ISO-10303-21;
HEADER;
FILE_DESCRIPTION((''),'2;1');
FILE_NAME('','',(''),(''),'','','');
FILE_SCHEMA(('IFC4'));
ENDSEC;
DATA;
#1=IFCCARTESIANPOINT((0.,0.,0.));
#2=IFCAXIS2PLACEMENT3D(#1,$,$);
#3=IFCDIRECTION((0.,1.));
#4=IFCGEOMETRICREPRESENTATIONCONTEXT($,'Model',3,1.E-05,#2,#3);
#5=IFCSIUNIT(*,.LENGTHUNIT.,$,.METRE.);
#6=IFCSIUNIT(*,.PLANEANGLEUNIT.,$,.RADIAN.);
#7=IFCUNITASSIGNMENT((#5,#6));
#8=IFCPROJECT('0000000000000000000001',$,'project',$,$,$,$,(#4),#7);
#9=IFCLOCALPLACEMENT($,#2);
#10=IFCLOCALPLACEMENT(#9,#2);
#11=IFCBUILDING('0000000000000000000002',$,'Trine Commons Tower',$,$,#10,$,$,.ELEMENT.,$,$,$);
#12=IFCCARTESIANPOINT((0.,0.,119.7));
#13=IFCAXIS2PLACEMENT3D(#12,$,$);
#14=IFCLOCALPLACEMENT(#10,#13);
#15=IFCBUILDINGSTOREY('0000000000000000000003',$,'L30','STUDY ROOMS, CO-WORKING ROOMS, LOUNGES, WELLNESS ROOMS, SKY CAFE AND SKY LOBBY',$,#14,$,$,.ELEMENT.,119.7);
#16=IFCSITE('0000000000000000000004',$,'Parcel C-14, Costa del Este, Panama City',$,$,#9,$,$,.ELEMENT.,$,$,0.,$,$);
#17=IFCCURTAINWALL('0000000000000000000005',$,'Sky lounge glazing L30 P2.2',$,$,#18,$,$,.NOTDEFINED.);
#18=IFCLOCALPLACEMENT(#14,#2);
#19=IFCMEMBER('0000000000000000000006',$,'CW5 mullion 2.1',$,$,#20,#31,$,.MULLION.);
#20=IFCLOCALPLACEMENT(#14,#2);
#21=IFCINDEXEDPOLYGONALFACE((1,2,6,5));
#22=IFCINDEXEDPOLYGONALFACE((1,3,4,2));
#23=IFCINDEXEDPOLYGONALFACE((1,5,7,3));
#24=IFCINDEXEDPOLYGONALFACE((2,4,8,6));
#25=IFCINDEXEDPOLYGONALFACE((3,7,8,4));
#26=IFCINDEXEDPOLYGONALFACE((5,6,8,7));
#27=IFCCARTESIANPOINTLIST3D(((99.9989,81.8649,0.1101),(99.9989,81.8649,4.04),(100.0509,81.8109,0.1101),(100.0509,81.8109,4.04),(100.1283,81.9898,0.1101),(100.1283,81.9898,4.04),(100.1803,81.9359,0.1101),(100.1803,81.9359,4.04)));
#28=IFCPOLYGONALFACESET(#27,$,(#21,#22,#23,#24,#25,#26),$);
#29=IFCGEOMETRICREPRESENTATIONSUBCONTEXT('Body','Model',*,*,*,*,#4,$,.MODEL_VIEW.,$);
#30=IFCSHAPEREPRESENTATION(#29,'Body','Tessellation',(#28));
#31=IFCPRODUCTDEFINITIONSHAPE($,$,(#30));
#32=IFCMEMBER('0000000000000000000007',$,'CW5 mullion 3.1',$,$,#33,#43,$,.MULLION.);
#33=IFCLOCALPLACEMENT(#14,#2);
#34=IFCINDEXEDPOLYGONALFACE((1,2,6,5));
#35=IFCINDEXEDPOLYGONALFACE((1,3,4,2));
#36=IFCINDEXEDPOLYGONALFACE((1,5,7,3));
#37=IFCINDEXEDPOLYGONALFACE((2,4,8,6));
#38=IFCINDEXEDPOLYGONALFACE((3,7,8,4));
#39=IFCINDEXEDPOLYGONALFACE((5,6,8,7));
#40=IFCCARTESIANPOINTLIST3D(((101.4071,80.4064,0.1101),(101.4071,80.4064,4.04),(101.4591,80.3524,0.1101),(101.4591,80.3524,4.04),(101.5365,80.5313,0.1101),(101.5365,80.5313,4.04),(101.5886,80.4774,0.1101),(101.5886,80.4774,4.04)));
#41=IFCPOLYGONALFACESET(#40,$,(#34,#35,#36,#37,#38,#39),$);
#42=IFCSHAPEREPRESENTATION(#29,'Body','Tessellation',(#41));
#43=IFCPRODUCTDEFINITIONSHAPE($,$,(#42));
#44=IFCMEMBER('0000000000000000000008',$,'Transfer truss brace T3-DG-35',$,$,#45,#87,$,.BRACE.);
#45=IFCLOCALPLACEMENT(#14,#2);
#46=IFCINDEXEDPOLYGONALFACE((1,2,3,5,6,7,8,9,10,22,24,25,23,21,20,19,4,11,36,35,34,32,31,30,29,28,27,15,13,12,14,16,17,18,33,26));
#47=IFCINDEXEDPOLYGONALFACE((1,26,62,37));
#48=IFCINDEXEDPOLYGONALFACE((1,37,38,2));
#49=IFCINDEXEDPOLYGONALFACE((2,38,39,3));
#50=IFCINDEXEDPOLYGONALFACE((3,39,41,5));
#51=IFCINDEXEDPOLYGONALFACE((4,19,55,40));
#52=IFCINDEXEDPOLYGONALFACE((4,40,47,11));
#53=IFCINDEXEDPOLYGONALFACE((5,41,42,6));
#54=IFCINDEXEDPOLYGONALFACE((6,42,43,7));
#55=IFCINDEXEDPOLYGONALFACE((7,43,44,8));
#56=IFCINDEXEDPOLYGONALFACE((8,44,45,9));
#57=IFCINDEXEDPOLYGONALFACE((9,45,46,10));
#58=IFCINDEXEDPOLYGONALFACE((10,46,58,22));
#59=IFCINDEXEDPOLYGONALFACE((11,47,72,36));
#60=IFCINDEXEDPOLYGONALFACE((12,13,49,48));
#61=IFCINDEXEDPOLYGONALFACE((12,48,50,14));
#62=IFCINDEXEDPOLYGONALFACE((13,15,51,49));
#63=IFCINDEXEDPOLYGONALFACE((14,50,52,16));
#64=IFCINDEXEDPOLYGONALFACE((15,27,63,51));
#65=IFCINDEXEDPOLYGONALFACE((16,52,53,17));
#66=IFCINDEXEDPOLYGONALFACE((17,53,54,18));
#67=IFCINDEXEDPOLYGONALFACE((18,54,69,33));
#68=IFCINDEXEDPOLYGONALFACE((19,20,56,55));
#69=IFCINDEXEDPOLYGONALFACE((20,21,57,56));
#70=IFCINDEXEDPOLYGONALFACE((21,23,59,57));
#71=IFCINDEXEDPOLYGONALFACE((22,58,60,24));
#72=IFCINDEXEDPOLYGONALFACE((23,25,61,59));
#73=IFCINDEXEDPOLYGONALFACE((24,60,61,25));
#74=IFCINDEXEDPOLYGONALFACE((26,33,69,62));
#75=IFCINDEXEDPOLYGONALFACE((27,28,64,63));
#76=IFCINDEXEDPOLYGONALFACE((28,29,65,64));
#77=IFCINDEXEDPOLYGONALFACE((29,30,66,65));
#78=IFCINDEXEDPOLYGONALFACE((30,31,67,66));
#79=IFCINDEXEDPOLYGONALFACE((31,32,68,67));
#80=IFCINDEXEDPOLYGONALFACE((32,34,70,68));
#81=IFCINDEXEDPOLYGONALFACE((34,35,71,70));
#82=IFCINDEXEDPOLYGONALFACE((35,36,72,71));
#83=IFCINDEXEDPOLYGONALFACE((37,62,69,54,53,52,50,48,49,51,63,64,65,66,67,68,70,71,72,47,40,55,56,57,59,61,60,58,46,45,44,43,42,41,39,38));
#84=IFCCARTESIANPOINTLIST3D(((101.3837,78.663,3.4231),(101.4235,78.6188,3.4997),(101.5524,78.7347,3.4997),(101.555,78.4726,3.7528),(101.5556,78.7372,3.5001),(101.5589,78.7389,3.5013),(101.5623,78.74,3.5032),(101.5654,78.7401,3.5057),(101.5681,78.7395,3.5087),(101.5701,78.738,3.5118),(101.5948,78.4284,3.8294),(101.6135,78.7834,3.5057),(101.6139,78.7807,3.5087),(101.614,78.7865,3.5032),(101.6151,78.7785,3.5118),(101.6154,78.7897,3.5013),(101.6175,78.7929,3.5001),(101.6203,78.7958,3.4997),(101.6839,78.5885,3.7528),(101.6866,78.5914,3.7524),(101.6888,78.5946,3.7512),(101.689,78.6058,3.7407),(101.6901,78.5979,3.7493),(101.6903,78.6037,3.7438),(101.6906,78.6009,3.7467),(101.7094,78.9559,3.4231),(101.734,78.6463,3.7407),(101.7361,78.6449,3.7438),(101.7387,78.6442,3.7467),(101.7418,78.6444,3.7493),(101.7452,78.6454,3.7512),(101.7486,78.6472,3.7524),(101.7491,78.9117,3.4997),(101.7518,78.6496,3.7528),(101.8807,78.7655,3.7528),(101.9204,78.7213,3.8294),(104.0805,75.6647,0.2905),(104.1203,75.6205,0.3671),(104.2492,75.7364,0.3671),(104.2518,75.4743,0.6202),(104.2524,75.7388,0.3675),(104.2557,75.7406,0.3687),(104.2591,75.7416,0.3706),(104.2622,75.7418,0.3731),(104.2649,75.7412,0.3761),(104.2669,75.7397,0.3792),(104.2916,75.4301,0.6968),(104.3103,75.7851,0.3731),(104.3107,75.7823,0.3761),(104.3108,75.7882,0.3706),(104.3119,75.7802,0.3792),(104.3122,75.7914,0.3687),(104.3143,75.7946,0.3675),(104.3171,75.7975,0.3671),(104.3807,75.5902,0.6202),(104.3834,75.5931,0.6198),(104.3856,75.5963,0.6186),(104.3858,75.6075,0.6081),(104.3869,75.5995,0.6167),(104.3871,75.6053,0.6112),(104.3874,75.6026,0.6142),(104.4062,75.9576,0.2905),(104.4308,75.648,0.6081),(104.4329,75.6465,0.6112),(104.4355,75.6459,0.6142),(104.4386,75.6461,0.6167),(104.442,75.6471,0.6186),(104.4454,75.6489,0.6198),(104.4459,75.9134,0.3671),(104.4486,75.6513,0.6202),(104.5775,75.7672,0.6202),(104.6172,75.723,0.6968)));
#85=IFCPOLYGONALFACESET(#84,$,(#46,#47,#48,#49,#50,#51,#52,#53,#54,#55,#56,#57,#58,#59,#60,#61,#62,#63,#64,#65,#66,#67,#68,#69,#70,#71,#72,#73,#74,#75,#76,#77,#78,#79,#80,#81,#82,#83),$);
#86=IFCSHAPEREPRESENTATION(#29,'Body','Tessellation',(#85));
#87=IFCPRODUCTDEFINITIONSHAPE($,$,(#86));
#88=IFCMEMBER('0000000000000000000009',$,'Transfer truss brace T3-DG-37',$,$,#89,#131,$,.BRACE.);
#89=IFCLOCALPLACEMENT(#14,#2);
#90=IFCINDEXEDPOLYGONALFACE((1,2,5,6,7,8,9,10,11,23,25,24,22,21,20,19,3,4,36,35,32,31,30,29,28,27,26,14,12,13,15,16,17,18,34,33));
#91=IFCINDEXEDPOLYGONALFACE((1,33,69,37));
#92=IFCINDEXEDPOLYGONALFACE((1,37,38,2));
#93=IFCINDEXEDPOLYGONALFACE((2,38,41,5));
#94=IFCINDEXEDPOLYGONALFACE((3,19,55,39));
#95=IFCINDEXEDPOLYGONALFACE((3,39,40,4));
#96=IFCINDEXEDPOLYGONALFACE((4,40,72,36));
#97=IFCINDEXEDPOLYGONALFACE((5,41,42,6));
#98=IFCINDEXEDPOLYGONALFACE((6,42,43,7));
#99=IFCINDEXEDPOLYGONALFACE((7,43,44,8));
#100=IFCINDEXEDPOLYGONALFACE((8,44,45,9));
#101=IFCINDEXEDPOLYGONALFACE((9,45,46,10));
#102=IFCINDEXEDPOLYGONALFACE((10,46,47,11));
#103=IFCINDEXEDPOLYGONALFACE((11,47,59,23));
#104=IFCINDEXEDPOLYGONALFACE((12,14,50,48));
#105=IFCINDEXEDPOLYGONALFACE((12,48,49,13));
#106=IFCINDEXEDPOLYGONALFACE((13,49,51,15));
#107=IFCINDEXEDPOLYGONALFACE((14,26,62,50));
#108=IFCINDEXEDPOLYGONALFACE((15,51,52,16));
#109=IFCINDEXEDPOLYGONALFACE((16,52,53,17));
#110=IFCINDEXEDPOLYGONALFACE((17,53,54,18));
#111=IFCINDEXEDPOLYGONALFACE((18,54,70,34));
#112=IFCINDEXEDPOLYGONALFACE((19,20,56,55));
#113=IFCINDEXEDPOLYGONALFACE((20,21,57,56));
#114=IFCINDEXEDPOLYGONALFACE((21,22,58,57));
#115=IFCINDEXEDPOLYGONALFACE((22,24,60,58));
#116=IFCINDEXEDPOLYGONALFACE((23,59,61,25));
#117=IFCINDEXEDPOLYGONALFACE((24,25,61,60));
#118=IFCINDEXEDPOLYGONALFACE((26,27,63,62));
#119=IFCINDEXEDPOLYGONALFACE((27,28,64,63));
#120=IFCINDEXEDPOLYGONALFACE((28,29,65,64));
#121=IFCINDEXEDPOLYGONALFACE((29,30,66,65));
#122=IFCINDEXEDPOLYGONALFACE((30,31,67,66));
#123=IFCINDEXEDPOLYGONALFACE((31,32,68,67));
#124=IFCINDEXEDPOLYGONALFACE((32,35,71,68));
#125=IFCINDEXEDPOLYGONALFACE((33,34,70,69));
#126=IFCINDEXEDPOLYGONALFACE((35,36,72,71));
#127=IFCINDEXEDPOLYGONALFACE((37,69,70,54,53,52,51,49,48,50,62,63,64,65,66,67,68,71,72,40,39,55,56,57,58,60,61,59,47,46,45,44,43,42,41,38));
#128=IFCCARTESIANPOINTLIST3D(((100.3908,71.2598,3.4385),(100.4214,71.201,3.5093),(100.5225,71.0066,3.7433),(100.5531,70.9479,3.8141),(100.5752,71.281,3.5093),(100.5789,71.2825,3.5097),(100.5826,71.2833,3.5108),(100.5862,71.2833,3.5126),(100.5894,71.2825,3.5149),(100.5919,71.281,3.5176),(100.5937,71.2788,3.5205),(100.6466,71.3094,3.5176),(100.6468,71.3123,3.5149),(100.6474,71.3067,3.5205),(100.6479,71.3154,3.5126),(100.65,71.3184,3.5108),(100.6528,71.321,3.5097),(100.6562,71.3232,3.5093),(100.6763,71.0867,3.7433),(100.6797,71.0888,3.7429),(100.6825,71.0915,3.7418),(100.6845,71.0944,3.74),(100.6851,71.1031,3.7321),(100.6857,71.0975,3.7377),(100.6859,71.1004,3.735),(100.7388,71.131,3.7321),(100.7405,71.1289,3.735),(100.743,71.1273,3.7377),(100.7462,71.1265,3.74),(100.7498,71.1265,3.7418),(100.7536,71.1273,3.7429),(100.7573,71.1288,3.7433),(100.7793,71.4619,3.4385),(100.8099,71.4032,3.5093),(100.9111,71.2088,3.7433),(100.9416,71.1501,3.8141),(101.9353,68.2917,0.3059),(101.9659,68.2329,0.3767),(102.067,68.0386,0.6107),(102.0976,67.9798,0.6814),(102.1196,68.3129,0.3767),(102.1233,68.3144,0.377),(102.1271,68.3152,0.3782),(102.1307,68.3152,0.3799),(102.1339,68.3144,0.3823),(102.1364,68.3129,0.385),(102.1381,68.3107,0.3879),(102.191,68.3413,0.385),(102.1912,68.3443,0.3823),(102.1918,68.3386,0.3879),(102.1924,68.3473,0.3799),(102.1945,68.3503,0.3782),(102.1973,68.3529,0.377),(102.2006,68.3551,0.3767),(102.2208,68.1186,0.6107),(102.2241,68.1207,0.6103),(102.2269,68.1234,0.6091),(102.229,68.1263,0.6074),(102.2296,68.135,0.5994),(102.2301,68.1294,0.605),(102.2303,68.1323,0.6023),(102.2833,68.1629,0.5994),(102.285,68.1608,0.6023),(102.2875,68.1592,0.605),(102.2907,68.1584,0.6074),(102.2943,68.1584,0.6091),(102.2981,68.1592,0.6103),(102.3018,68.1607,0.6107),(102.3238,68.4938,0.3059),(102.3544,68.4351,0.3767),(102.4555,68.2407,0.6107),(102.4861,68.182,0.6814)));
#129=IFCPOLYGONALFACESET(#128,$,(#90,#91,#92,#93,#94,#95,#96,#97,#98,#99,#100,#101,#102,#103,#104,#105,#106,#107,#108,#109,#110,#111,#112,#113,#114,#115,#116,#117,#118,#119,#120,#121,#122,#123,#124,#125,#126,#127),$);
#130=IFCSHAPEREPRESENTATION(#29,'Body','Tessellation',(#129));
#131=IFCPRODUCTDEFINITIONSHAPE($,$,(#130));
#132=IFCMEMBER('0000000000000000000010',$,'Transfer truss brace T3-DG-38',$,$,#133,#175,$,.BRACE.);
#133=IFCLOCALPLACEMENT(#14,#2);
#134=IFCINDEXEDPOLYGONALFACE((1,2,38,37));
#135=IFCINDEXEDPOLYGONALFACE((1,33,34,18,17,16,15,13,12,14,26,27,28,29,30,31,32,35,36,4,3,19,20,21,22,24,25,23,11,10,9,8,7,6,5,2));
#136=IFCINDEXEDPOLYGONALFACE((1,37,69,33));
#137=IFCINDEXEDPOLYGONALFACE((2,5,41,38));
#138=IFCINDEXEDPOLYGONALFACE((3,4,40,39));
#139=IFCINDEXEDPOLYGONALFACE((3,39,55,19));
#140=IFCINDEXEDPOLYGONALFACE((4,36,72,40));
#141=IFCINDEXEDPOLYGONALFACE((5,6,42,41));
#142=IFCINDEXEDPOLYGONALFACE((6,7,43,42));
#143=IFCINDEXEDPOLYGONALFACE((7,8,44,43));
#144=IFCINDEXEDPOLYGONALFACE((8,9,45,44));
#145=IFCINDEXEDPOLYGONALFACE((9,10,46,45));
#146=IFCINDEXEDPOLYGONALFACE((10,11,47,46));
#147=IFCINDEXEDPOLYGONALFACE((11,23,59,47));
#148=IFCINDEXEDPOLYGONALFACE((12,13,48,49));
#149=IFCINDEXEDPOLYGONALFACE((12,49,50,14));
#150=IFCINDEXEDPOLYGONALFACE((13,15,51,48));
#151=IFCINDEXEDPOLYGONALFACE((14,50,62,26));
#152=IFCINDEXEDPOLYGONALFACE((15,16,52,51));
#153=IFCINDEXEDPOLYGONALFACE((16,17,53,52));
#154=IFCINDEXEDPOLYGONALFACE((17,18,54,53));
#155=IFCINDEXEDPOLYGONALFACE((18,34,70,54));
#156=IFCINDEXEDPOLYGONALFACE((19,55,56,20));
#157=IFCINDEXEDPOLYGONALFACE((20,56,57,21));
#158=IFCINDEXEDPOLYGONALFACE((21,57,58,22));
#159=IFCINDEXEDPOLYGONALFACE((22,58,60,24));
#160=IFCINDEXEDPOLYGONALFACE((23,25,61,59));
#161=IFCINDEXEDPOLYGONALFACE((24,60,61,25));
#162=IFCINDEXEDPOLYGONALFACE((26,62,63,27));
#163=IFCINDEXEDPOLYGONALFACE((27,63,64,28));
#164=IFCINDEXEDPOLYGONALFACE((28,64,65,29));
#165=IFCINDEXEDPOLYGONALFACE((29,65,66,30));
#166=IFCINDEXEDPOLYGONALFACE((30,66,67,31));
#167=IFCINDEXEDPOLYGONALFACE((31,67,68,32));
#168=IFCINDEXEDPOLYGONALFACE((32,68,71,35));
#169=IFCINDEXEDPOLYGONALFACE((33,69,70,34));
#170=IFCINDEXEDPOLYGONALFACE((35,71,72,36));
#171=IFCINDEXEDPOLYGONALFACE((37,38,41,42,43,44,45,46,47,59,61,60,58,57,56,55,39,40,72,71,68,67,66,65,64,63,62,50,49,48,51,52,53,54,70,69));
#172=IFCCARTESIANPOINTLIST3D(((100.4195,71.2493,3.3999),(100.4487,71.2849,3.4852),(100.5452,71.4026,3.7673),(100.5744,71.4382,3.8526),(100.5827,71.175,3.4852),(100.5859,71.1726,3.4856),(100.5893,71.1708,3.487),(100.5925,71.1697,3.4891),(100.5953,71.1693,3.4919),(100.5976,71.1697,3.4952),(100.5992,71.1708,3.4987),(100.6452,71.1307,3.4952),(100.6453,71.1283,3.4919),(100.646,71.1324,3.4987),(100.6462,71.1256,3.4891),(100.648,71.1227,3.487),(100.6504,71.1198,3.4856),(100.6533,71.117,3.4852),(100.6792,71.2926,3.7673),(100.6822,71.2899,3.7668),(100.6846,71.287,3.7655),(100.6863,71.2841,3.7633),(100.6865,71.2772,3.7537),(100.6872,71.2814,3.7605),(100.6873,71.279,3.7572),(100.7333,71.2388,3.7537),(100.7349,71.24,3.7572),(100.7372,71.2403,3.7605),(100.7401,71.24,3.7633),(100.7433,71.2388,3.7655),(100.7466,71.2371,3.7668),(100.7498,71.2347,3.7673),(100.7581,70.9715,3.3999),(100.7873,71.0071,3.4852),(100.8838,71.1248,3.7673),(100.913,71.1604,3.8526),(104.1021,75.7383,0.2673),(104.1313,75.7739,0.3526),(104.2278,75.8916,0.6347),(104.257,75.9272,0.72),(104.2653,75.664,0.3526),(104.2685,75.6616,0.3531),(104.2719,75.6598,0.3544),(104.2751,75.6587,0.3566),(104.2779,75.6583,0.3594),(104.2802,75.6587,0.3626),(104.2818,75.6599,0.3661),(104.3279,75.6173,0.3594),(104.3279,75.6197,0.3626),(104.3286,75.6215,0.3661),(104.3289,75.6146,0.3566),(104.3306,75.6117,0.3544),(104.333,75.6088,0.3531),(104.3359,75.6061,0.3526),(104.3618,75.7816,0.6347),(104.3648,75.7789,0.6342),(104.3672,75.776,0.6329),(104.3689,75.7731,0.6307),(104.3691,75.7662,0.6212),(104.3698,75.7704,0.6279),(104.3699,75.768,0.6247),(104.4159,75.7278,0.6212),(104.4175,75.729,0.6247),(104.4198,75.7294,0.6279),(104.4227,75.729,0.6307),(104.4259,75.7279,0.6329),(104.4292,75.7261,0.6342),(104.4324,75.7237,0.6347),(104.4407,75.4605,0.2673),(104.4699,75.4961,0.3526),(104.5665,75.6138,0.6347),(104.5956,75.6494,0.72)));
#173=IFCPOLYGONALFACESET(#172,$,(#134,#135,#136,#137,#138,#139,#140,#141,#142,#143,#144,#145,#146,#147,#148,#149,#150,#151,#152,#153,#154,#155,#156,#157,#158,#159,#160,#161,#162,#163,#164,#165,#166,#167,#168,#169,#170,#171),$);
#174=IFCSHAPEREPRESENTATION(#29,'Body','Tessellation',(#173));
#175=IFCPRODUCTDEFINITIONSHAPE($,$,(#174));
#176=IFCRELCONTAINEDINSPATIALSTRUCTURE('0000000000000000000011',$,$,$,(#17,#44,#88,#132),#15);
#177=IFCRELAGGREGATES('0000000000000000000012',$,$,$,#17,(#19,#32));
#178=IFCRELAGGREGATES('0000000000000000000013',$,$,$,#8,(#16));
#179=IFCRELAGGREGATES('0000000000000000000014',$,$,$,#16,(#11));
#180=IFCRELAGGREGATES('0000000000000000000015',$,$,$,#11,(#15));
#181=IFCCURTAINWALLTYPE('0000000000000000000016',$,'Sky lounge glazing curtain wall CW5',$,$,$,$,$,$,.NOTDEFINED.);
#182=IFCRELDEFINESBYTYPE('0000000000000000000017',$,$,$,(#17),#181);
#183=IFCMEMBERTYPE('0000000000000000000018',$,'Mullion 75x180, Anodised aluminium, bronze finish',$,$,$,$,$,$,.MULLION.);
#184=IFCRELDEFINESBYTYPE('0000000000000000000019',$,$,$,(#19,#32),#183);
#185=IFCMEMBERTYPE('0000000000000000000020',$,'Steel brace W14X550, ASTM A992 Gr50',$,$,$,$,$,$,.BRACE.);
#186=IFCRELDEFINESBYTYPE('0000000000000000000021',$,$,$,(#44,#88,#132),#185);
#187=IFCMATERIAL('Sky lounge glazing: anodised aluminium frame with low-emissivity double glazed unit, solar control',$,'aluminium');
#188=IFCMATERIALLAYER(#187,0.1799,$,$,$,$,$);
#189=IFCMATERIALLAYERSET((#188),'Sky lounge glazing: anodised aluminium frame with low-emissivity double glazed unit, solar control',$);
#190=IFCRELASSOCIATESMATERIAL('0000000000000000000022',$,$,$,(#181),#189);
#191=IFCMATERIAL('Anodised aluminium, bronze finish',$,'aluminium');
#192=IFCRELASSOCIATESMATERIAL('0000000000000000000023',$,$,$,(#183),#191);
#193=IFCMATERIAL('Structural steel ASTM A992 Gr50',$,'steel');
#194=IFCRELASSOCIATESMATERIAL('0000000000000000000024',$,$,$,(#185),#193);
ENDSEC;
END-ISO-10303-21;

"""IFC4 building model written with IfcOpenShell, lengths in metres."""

from ifc_helpers import new_model, si_unit, direction, frame, origin, origin_2d, place, context, subcontext, project, spatial, rectangle, i_section, extrude, material, layer, layer_set, material_profile, profile_set, type_object, element, aggregate, save


model = new_model("IFC4")

# Units and contexts
model_context = context("Model", 3, precision=1e-05, world=origin(), true_north=direction((0.0, 1.0)))
body_context = subcontext(model_context, "Body", "Model", "MODEL_VIEW")
ifc_project = project(units=[si_unit("LENGTHUNIT", "METRE"), si_unit("PLANEANGLEUNIT", "RADIAN")], contexts=[model_context])

# Site, building, storey
site_placement = place(None, origin())
site = spatial("IfcSite", under=ifc_project, at=site_placement, Name="Parcel C-14, Costa del Este, Panama City", CompositionType="ELEMENT", RefElevation=0.0)
building_placement = place(site_placement, origin())
building = spatial("IfcBuilding", under=site, at=building_placement, Name="Trine Commons Tower", CompositionType="ELEMENT")
storey_placement = place(building_placement, frame((0.0, 0.0, 119.7)))
storey = spatial("IfcBuildingStorey", under=building, at=storey_placement, Name="L30", Description="STUDY ROOMS, CO-WORKING ROOMS, LOUNGES, WELLNESS ROOMS, SKY CAFE AND SKY LOBBY", CompositionType="ELEMENT", Elevation=119.7)

# Curtain wall, members
ifc_material_1 = material(Name="Sky lounge glazing: anodised aluminium frame with low-emissivity double glazed unit, solar control", Category="aluminium")
ifc_layer_1 = layer(ifc_material_1, 0.1799)
ifc_layer_set_1 = layer_set([ifc_layer_1], Name="Sky lounge glazing: anodised aluminium frame with low-emissivity double glazed unit, solar control")
curtain_wall_type = type_object("IfcCurtainWallType", Name="Sky lounge glazing curtain wall CW5", PredefinedType="NOTDEFINED", material=ifc_layer_set_1)
curtain_wall_placement = place(storey_placement, origin())
curtain_wall = element("IfcCurtainWall", 1, at=curtain_wall_placement, inside=storey, type_object=curtain_wall_type, Name="Sky lounge glazing L30 P2.2", PredefinedType="NOTDEFINED")
ifc_material_2 = material(Name="Anodised aluminium, bronze finish", Category="aluminium")
ifc_material_profile_1 = material_profile(ifc_material_2, rectangle(XDim=0.1799, YDim=0.075, at=origin_2d()), Name="Mullion 75x180")
ifc_profile_set_1 = profile_set([ifc_material_profile_1], Name="Anodised aluminium, bronze finish")
member_type_1 = type_object("IfcMemberType", Name="Mullion 75x180, Anodised aluminium, bronze finish", PredefinedType="MULLION", material=ifc_profile_set_1)
member_1_placement = place(storey_placement, frame((100.0896, 81.9004, 0.1101), z_axis=(0.0, 0.0, 1.0), x_axis=(0.71934, 0.694658, 0.0)))
member_1 = element("IfcMember", 2, at=member_1_placement, type_object=member_type_1, Name="CW5 mullion 2.1", PredefinedType="MULLION", context=body_context, shape_type="SweptSolid", body=[
    extrude(rectangle(XDim=0.1799, YDim=0.075, at=origin_2d()), origin(), (0.0, 0.0, 1.0), 3.9299),
])
member_2_placement = place(storey_placement, frame((101.4978, 80.4419, 0.1101), z_axis=(0.0, 0.0, 1.0), x_axis=(0.71934, 0.694658, 0.0)))
member_2 = element("IfcMember", 3, at=member_2_placement, type_object=member_type_1, Name="CW5 mullion 3.1", PredefinedType="MULLION", context=body_context, shape_type="SweptSolid", body=[
    extrude(rectangle(XDim=0.1799, YDim=0.075, at=origin_2d()), origin(), (0.0, 0.0, 1.0), 3.9299),
])

# Members
ifc_material_3 = material(Name="Structural steel ASTM A992 Gr50", Category="steel")
ifc_material_profile_2 = material_profile(ifc_material_3, i_section(OverallWidth=0.438, OverallDepth=0.5144, WebThickness=0.0605, FlangeThickness=0.0969, FilletRadius=0.0154, at=origin_2d()), Name="W14X550")
ifc_profile_set_2 = profile_set([ifc_material_profile_2], Name="Structural steel ASTM A992 Gr50")
member_type_2 = type_object("IfcMemberType", Name="Steel brace W14X550, ASTM A992 Gr50", PredefinedType="BRACE", material=ifc_profile_set_2)
member_3_placement = place(storey_placement, frame((104.3489, 75.6938, 0.4937), z_axis=(-0.528117, 0.587163, 0.613459), x_axis=(-0.743502, -0.668734, 0.0)))
element("IfcMember", 4, at=member_3_placement, inside=storey, type_object=member_type_2, Name="Transfer truss brace T3-DG-35", PredefinedType="BRACE", context=body_context, shape_type="SweptSolid", body=[
    extrude(i_section(OverallWidth=0.438, OverallDepth=0.5144, WebThickness=0.0605, FlangeThickness=0.0969, FilletRadius=0.0154, at=origin_2d()), origin(), (0.0, 0.0, 1.0), 5.1064),
])
member_4_placement = place(storey_placement, frame((102.2107, 68.2368, 0.4937), z_axis=(-0.336964, 0.647561, 0.683462), x_axis=(-0.887087, -0.461603, 0.0)))
element("IfcMember", 5, at=member_4_placement, inside=storey, type_object=member_type_2, Name="Transfer truss brace T3-DG-37", PredefinedType="BRACE", context=body_context, shape_type="SweptSolid", body=[
    extrude(i_section(OverallWidth=0.438, OverallDepth=0.5144, WebThickness=0.0605, FlangeThickness=0.0969, FilletRadius=0.0154, at=origin_2d()), origin(), (0.0, 0.0, 1.0), 4.5835),
])
member_5_placement = place(storey_placement, frame((104.3489, 75.6938, 0.4937), z_axis=(-0.558191, -0.68042, 0.474817), x_axis=(0.77313, -0.634247, 0.0)))
element("IfcMember", 6, at=member_5_placement, inside=storey, type_object=member_type_2, Name="Transfer truss brace T3-DG-38", PredefinedType="BRACE", context=body_context, shape_type="SweptSolid", body=[
    extrude(i_section(OverallWidth=0.438, OverallDepth=0.5144, WebThickness=0.0605, FlangeThickness=0.0969, FilletRadius=0.0154, at=origin_2d()), origin(), (0.0, 0.0, 1.0), 6.5974),
])

aggregate(curtain_wall, [member_1, member_2])

save(model, "model.ifc")
